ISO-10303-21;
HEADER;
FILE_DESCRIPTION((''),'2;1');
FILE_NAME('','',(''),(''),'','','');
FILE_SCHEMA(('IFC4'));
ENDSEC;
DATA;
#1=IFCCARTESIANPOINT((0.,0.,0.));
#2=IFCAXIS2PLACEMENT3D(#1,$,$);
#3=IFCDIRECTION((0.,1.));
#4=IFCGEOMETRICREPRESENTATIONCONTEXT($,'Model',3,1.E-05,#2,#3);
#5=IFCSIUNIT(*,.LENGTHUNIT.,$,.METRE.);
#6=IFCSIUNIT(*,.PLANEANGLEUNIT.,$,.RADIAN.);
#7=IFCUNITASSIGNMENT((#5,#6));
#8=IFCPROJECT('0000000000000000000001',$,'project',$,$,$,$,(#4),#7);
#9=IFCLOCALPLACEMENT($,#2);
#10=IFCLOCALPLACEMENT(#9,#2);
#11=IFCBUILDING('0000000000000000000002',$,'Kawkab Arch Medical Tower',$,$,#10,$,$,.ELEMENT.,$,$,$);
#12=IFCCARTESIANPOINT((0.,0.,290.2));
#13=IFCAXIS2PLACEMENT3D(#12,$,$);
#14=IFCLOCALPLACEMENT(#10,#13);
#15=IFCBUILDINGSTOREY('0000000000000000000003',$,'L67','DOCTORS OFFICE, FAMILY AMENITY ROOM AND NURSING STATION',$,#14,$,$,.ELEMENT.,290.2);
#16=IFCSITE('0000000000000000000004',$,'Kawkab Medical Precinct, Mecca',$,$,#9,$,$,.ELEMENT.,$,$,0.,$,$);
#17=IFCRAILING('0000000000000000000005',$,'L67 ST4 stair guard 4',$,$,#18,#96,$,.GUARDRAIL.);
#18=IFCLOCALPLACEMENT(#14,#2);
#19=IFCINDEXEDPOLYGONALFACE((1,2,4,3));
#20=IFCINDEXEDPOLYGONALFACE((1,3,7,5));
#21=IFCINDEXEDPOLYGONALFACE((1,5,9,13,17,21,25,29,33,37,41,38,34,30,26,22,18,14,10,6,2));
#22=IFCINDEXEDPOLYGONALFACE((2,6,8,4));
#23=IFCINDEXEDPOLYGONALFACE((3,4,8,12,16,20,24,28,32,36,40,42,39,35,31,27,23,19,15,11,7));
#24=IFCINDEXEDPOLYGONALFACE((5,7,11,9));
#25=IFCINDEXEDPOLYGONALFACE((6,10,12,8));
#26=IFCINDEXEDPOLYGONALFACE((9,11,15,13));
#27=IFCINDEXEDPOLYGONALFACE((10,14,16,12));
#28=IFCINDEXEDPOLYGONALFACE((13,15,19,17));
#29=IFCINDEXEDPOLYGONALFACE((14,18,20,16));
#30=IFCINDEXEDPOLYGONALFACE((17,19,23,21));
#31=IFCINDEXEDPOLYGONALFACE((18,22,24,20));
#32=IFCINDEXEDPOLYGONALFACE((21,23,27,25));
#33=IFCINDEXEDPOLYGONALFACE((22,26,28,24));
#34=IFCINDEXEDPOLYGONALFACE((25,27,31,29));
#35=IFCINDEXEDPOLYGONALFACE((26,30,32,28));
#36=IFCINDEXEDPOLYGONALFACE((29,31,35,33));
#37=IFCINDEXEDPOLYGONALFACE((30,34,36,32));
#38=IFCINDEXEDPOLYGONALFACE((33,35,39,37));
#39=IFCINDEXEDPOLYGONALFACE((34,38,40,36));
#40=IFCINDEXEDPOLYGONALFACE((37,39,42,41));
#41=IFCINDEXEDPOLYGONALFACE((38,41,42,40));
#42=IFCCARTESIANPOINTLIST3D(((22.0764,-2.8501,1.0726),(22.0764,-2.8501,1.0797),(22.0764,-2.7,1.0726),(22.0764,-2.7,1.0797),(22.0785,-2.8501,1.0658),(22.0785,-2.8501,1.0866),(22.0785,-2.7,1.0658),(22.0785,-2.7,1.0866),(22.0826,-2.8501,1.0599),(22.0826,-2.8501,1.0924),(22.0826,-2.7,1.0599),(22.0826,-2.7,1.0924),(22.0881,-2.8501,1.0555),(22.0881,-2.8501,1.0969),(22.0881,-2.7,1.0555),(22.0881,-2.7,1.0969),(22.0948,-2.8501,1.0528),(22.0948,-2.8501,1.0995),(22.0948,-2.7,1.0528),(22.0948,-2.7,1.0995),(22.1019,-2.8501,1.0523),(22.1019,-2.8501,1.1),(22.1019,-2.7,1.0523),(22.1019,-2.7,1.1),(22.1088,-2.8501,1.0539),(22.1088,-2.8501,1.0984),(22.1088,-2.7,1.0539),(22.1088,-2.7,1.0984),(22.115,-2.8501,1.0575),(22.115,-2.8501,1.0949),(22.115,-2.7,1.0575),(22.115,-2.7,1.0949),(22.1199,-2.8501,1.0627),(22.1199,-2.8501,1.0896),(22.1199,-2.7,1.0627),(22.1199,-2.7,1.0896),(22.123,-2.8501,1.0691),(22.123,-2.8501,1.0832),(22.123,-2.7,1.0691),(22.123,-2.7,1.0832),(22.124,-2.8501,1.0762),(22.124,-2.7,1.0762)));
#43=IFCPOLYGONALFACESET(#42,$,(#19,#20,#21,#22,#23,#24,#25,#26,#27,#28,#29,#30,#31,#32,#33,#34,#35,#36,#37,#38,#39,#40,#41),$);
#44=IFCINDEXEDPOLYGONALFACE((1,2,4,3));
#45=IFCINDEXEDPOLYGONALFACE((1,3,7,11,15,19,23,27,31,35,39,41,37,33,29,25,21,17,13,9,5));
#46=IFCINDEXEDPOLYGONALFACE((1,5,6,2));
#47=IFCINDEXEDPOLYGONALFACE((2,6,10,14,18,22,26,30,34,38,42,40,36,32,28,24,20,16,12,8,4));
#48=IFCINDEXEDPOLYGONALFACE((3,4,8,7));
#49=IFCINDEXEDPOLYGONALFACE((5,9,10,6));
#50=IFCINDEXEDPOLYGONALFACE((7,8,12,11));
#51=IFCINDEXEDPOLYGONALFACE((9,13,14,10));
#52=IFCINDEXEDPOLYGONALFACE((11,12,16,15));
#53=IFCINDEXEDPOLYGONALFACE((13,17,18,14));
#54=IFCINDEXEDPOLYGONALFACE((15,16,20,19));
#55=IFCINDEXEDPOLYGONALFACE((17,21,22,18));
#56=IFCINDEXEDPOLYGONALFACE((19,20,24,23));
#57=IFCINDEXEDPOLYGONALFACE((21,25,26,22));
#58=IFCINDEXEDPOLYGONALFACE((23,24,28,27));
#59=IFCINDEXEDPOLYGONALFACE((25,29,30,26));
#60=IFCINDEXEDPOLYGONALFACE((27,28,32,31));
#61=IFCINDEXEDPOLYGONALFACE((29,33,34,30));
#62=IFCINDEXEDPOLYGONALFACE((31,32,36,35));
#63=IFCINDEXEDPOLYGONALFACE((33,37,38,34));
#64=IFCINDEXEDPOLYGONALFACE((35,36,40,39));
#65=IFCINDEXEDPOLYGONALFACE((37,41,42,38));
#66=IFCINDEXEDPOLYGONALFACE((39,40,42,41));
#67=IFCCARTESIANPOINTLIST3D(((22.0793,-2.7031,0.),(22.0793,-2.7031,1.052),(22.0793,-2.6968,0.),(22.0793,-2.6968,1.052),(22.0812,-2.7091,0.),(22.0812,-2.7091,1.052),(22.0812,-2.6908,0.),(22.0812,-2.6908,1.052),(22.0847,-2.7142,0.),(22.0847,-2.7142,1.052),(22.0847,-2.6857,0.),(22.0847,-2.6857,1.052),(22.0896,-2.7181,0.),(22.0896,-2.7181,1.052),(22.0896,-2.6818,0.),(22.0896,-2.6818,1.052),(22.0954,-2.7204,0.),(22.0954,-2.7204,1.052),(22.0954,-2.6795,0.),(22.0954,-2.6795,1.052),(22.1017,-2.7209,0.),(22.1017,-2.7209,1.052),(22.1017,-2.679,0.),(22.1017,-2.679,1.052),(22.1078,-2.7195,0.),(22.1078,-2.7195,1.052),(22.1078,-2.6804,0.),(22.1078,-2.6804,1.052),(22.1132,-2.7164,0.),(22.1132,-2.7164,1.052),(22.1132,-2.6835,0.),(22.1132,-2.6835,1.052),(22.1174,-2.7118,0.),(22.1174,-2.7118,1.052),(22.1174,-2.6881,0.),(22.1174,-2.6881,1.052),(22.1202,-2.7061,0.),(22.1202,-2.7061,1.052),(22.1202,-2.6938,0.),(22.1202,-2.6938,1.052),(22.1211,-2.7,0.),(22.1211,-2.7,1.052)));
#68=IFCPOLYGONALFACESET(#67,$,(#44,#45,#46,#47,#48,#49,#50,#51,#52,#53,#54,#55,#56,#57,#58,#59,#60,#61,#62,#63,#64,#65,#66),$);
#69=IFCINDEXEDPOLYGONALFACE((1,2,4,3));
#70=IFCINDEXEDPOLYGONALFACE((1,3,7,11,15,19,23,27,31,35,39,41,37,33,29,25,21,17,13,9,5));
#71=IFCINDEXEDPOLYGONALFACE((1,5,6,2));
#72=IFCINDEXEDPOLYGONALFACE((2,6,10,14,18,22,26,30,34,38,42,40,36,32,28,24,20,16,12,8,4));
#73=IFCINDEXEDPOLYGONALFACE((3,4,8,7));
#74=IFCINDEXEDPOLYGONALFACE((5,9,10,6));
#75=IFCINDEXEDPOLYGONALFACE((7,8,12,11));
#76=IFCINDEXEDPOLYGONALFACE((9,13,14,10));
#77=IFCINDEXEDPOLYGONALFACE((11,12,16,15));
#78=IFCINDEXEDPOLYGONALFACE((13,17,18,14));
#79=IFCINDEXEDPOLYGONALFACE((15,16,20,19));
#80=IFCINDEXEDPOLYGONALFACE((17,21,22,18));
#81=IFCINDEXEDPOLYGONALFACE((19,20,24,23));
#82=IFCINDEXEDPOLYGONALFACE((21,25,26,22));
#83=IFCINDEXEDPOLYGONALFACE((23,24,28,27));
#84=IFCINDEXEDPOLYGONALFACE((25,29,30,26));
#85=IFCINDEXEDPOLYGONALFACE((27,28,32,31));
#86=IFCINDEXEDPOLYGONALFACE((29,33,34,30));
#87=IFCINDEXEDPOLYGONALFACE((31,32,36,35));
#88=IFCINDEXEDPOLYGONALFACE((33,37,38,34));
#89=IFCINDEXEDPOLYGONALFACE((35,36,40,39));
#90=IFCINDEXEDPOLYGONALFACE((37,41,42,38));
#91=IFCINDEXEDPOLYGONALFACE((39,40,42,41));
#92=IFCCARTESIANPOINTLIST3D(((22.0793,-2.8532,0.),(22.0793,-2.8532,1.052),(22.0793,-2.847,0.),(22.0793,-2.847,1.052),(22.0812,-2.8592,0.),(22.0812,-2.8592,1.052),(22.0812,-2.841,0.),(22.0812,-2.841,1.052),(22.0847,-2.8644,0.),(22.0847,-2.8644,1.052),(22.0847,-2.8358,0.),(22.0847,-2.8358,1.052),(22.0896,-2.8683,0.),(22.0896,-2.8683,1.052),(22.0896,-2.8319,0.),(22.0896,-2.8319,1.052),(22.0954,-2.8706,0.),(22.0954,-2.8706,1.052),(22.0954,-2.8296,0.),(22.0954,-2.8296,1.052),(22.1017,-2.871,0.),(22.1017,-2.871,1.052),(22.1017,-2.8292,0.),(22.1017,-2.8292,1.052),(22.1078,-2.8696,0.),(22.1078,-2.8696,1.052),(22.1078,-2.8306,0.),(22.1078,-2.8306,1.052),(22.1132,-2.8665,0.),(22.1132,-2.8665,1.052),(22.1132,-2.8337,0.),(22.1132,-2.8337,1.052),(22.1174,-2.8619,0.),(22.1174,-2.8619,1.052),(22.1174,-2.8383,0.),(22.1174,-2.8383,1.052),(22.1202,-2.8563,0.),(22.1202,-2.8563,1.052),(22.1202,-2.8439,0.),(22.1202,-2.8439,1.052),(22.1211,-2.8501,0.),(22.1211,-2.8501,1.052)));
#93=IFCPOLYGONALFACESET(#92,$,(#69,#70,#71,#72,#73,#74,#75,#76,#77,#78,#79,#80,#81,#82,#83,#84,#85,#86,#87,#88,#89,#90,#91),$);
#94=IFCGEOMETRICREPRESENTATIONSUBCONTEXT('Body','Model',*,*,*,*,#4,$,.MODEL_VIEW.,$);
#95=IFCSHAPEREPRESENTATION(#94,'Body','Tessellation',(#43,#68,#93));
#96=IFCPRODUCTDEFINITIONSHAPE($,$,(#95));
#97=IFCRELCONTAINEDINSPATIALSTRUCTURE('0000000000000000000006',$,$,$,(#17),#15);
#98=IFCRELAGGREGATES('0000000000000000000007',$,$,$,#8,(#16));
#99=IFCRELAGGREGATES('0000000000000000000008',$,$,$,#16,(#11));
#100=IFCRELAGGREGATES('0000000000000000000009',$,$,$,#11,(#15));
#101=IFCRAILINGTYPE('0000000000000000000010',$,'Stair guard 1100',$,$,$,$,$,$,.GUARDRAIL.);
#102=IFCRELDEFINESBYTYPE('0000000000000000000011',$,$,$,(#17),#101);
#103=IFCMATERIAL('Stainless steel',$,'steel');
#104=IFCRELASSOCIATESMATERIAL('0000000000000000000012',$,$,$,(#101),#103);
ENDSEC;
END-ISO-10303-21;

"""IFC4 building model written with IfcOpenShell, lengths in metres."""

from ifc_helpers import new_model, si_unit, direction, frame, origin, origin_2d, place, context, subcontext, project, spatial, circle, extrude, material, type_object, element, save


model = new_model("IFC4")

# Units and contexts
model_context = context("Model", 3, precision=1e-05, world=origin(), true_north=direction((0.0, 1.0)))
body_context = subcontext(model_context, "Body", "Model", "MODEL_VIEW")
ifc_project = project(units=[si_unit("LENGTHUNIT", "METRE"), si_unit("PLANEANGLEUNIT", "RADIAN")], contexts=[model_context])

# Site, building, storey
site_placement = place(None, origin())
site = spatial("IfcSite", under=ifc_project, at=site_placement, Name="Kawkab Medical Precinct, Mecca", CompositionType="ELEMENT", RefElevation=0.0)
building_placement = place(site_placement, origin())
building = spatial("IfcBuilding", under=site, at=building_placement, Name="Kawkab Arch Medical Tower", CompositionType="ELEMENT")
storey_placement = place(building_placement, frame((0.0, 0.0, 290.2)))
storey = spatial("IfcBuildingStorey", under=building, at=storey_placement, Name="L67", Description="DOCTORS OFFICE, FAMILY AMENITY ROOM AND NURSING STATION", CompositionType="ELEMENT", Elevation=290.2)

# Railing
ifc_material_1 = material(Name="Stainless steel", Category="steel")
railing_type = type_object("IfcRailingType", Name="Stair guard 1100", PredefinedType="GUARDRAIL", material=ifc_material_1)
railing_1_placement = place(storey_placement, frame((22.1001, -2.7, 0.0)))
element("IfcRailing", 1, at=railing_1_placement, inside=storey, type_object=railing_type, Name="L67 ST4 stair guard 4", PredefinedType="GUARDRAIL", context=body_context, shape_type="SweptSolid", body=[
    extrude(circle(Radius=0.0239, at=origin_2d()), frame((0.0, 0.0, 1.0762), z_axis=(0.0, -1.0, 0.0), x_axis=(1.0, 0.0, 0.0)), (0.0, 0.0, 1.0), 0.1501),
    extrude(circle(Radius=0.021, at=origin_2d()), origin(), (0.0, 0.0, 1.0), 1.052),
    extrude(circle(Radius=0.021, at=origin_2d()), frame((0.0, -0.1501, 0.0)), (0.0, 0.0, 1.0), 1.052),
])

save(model, "model.ifc")
